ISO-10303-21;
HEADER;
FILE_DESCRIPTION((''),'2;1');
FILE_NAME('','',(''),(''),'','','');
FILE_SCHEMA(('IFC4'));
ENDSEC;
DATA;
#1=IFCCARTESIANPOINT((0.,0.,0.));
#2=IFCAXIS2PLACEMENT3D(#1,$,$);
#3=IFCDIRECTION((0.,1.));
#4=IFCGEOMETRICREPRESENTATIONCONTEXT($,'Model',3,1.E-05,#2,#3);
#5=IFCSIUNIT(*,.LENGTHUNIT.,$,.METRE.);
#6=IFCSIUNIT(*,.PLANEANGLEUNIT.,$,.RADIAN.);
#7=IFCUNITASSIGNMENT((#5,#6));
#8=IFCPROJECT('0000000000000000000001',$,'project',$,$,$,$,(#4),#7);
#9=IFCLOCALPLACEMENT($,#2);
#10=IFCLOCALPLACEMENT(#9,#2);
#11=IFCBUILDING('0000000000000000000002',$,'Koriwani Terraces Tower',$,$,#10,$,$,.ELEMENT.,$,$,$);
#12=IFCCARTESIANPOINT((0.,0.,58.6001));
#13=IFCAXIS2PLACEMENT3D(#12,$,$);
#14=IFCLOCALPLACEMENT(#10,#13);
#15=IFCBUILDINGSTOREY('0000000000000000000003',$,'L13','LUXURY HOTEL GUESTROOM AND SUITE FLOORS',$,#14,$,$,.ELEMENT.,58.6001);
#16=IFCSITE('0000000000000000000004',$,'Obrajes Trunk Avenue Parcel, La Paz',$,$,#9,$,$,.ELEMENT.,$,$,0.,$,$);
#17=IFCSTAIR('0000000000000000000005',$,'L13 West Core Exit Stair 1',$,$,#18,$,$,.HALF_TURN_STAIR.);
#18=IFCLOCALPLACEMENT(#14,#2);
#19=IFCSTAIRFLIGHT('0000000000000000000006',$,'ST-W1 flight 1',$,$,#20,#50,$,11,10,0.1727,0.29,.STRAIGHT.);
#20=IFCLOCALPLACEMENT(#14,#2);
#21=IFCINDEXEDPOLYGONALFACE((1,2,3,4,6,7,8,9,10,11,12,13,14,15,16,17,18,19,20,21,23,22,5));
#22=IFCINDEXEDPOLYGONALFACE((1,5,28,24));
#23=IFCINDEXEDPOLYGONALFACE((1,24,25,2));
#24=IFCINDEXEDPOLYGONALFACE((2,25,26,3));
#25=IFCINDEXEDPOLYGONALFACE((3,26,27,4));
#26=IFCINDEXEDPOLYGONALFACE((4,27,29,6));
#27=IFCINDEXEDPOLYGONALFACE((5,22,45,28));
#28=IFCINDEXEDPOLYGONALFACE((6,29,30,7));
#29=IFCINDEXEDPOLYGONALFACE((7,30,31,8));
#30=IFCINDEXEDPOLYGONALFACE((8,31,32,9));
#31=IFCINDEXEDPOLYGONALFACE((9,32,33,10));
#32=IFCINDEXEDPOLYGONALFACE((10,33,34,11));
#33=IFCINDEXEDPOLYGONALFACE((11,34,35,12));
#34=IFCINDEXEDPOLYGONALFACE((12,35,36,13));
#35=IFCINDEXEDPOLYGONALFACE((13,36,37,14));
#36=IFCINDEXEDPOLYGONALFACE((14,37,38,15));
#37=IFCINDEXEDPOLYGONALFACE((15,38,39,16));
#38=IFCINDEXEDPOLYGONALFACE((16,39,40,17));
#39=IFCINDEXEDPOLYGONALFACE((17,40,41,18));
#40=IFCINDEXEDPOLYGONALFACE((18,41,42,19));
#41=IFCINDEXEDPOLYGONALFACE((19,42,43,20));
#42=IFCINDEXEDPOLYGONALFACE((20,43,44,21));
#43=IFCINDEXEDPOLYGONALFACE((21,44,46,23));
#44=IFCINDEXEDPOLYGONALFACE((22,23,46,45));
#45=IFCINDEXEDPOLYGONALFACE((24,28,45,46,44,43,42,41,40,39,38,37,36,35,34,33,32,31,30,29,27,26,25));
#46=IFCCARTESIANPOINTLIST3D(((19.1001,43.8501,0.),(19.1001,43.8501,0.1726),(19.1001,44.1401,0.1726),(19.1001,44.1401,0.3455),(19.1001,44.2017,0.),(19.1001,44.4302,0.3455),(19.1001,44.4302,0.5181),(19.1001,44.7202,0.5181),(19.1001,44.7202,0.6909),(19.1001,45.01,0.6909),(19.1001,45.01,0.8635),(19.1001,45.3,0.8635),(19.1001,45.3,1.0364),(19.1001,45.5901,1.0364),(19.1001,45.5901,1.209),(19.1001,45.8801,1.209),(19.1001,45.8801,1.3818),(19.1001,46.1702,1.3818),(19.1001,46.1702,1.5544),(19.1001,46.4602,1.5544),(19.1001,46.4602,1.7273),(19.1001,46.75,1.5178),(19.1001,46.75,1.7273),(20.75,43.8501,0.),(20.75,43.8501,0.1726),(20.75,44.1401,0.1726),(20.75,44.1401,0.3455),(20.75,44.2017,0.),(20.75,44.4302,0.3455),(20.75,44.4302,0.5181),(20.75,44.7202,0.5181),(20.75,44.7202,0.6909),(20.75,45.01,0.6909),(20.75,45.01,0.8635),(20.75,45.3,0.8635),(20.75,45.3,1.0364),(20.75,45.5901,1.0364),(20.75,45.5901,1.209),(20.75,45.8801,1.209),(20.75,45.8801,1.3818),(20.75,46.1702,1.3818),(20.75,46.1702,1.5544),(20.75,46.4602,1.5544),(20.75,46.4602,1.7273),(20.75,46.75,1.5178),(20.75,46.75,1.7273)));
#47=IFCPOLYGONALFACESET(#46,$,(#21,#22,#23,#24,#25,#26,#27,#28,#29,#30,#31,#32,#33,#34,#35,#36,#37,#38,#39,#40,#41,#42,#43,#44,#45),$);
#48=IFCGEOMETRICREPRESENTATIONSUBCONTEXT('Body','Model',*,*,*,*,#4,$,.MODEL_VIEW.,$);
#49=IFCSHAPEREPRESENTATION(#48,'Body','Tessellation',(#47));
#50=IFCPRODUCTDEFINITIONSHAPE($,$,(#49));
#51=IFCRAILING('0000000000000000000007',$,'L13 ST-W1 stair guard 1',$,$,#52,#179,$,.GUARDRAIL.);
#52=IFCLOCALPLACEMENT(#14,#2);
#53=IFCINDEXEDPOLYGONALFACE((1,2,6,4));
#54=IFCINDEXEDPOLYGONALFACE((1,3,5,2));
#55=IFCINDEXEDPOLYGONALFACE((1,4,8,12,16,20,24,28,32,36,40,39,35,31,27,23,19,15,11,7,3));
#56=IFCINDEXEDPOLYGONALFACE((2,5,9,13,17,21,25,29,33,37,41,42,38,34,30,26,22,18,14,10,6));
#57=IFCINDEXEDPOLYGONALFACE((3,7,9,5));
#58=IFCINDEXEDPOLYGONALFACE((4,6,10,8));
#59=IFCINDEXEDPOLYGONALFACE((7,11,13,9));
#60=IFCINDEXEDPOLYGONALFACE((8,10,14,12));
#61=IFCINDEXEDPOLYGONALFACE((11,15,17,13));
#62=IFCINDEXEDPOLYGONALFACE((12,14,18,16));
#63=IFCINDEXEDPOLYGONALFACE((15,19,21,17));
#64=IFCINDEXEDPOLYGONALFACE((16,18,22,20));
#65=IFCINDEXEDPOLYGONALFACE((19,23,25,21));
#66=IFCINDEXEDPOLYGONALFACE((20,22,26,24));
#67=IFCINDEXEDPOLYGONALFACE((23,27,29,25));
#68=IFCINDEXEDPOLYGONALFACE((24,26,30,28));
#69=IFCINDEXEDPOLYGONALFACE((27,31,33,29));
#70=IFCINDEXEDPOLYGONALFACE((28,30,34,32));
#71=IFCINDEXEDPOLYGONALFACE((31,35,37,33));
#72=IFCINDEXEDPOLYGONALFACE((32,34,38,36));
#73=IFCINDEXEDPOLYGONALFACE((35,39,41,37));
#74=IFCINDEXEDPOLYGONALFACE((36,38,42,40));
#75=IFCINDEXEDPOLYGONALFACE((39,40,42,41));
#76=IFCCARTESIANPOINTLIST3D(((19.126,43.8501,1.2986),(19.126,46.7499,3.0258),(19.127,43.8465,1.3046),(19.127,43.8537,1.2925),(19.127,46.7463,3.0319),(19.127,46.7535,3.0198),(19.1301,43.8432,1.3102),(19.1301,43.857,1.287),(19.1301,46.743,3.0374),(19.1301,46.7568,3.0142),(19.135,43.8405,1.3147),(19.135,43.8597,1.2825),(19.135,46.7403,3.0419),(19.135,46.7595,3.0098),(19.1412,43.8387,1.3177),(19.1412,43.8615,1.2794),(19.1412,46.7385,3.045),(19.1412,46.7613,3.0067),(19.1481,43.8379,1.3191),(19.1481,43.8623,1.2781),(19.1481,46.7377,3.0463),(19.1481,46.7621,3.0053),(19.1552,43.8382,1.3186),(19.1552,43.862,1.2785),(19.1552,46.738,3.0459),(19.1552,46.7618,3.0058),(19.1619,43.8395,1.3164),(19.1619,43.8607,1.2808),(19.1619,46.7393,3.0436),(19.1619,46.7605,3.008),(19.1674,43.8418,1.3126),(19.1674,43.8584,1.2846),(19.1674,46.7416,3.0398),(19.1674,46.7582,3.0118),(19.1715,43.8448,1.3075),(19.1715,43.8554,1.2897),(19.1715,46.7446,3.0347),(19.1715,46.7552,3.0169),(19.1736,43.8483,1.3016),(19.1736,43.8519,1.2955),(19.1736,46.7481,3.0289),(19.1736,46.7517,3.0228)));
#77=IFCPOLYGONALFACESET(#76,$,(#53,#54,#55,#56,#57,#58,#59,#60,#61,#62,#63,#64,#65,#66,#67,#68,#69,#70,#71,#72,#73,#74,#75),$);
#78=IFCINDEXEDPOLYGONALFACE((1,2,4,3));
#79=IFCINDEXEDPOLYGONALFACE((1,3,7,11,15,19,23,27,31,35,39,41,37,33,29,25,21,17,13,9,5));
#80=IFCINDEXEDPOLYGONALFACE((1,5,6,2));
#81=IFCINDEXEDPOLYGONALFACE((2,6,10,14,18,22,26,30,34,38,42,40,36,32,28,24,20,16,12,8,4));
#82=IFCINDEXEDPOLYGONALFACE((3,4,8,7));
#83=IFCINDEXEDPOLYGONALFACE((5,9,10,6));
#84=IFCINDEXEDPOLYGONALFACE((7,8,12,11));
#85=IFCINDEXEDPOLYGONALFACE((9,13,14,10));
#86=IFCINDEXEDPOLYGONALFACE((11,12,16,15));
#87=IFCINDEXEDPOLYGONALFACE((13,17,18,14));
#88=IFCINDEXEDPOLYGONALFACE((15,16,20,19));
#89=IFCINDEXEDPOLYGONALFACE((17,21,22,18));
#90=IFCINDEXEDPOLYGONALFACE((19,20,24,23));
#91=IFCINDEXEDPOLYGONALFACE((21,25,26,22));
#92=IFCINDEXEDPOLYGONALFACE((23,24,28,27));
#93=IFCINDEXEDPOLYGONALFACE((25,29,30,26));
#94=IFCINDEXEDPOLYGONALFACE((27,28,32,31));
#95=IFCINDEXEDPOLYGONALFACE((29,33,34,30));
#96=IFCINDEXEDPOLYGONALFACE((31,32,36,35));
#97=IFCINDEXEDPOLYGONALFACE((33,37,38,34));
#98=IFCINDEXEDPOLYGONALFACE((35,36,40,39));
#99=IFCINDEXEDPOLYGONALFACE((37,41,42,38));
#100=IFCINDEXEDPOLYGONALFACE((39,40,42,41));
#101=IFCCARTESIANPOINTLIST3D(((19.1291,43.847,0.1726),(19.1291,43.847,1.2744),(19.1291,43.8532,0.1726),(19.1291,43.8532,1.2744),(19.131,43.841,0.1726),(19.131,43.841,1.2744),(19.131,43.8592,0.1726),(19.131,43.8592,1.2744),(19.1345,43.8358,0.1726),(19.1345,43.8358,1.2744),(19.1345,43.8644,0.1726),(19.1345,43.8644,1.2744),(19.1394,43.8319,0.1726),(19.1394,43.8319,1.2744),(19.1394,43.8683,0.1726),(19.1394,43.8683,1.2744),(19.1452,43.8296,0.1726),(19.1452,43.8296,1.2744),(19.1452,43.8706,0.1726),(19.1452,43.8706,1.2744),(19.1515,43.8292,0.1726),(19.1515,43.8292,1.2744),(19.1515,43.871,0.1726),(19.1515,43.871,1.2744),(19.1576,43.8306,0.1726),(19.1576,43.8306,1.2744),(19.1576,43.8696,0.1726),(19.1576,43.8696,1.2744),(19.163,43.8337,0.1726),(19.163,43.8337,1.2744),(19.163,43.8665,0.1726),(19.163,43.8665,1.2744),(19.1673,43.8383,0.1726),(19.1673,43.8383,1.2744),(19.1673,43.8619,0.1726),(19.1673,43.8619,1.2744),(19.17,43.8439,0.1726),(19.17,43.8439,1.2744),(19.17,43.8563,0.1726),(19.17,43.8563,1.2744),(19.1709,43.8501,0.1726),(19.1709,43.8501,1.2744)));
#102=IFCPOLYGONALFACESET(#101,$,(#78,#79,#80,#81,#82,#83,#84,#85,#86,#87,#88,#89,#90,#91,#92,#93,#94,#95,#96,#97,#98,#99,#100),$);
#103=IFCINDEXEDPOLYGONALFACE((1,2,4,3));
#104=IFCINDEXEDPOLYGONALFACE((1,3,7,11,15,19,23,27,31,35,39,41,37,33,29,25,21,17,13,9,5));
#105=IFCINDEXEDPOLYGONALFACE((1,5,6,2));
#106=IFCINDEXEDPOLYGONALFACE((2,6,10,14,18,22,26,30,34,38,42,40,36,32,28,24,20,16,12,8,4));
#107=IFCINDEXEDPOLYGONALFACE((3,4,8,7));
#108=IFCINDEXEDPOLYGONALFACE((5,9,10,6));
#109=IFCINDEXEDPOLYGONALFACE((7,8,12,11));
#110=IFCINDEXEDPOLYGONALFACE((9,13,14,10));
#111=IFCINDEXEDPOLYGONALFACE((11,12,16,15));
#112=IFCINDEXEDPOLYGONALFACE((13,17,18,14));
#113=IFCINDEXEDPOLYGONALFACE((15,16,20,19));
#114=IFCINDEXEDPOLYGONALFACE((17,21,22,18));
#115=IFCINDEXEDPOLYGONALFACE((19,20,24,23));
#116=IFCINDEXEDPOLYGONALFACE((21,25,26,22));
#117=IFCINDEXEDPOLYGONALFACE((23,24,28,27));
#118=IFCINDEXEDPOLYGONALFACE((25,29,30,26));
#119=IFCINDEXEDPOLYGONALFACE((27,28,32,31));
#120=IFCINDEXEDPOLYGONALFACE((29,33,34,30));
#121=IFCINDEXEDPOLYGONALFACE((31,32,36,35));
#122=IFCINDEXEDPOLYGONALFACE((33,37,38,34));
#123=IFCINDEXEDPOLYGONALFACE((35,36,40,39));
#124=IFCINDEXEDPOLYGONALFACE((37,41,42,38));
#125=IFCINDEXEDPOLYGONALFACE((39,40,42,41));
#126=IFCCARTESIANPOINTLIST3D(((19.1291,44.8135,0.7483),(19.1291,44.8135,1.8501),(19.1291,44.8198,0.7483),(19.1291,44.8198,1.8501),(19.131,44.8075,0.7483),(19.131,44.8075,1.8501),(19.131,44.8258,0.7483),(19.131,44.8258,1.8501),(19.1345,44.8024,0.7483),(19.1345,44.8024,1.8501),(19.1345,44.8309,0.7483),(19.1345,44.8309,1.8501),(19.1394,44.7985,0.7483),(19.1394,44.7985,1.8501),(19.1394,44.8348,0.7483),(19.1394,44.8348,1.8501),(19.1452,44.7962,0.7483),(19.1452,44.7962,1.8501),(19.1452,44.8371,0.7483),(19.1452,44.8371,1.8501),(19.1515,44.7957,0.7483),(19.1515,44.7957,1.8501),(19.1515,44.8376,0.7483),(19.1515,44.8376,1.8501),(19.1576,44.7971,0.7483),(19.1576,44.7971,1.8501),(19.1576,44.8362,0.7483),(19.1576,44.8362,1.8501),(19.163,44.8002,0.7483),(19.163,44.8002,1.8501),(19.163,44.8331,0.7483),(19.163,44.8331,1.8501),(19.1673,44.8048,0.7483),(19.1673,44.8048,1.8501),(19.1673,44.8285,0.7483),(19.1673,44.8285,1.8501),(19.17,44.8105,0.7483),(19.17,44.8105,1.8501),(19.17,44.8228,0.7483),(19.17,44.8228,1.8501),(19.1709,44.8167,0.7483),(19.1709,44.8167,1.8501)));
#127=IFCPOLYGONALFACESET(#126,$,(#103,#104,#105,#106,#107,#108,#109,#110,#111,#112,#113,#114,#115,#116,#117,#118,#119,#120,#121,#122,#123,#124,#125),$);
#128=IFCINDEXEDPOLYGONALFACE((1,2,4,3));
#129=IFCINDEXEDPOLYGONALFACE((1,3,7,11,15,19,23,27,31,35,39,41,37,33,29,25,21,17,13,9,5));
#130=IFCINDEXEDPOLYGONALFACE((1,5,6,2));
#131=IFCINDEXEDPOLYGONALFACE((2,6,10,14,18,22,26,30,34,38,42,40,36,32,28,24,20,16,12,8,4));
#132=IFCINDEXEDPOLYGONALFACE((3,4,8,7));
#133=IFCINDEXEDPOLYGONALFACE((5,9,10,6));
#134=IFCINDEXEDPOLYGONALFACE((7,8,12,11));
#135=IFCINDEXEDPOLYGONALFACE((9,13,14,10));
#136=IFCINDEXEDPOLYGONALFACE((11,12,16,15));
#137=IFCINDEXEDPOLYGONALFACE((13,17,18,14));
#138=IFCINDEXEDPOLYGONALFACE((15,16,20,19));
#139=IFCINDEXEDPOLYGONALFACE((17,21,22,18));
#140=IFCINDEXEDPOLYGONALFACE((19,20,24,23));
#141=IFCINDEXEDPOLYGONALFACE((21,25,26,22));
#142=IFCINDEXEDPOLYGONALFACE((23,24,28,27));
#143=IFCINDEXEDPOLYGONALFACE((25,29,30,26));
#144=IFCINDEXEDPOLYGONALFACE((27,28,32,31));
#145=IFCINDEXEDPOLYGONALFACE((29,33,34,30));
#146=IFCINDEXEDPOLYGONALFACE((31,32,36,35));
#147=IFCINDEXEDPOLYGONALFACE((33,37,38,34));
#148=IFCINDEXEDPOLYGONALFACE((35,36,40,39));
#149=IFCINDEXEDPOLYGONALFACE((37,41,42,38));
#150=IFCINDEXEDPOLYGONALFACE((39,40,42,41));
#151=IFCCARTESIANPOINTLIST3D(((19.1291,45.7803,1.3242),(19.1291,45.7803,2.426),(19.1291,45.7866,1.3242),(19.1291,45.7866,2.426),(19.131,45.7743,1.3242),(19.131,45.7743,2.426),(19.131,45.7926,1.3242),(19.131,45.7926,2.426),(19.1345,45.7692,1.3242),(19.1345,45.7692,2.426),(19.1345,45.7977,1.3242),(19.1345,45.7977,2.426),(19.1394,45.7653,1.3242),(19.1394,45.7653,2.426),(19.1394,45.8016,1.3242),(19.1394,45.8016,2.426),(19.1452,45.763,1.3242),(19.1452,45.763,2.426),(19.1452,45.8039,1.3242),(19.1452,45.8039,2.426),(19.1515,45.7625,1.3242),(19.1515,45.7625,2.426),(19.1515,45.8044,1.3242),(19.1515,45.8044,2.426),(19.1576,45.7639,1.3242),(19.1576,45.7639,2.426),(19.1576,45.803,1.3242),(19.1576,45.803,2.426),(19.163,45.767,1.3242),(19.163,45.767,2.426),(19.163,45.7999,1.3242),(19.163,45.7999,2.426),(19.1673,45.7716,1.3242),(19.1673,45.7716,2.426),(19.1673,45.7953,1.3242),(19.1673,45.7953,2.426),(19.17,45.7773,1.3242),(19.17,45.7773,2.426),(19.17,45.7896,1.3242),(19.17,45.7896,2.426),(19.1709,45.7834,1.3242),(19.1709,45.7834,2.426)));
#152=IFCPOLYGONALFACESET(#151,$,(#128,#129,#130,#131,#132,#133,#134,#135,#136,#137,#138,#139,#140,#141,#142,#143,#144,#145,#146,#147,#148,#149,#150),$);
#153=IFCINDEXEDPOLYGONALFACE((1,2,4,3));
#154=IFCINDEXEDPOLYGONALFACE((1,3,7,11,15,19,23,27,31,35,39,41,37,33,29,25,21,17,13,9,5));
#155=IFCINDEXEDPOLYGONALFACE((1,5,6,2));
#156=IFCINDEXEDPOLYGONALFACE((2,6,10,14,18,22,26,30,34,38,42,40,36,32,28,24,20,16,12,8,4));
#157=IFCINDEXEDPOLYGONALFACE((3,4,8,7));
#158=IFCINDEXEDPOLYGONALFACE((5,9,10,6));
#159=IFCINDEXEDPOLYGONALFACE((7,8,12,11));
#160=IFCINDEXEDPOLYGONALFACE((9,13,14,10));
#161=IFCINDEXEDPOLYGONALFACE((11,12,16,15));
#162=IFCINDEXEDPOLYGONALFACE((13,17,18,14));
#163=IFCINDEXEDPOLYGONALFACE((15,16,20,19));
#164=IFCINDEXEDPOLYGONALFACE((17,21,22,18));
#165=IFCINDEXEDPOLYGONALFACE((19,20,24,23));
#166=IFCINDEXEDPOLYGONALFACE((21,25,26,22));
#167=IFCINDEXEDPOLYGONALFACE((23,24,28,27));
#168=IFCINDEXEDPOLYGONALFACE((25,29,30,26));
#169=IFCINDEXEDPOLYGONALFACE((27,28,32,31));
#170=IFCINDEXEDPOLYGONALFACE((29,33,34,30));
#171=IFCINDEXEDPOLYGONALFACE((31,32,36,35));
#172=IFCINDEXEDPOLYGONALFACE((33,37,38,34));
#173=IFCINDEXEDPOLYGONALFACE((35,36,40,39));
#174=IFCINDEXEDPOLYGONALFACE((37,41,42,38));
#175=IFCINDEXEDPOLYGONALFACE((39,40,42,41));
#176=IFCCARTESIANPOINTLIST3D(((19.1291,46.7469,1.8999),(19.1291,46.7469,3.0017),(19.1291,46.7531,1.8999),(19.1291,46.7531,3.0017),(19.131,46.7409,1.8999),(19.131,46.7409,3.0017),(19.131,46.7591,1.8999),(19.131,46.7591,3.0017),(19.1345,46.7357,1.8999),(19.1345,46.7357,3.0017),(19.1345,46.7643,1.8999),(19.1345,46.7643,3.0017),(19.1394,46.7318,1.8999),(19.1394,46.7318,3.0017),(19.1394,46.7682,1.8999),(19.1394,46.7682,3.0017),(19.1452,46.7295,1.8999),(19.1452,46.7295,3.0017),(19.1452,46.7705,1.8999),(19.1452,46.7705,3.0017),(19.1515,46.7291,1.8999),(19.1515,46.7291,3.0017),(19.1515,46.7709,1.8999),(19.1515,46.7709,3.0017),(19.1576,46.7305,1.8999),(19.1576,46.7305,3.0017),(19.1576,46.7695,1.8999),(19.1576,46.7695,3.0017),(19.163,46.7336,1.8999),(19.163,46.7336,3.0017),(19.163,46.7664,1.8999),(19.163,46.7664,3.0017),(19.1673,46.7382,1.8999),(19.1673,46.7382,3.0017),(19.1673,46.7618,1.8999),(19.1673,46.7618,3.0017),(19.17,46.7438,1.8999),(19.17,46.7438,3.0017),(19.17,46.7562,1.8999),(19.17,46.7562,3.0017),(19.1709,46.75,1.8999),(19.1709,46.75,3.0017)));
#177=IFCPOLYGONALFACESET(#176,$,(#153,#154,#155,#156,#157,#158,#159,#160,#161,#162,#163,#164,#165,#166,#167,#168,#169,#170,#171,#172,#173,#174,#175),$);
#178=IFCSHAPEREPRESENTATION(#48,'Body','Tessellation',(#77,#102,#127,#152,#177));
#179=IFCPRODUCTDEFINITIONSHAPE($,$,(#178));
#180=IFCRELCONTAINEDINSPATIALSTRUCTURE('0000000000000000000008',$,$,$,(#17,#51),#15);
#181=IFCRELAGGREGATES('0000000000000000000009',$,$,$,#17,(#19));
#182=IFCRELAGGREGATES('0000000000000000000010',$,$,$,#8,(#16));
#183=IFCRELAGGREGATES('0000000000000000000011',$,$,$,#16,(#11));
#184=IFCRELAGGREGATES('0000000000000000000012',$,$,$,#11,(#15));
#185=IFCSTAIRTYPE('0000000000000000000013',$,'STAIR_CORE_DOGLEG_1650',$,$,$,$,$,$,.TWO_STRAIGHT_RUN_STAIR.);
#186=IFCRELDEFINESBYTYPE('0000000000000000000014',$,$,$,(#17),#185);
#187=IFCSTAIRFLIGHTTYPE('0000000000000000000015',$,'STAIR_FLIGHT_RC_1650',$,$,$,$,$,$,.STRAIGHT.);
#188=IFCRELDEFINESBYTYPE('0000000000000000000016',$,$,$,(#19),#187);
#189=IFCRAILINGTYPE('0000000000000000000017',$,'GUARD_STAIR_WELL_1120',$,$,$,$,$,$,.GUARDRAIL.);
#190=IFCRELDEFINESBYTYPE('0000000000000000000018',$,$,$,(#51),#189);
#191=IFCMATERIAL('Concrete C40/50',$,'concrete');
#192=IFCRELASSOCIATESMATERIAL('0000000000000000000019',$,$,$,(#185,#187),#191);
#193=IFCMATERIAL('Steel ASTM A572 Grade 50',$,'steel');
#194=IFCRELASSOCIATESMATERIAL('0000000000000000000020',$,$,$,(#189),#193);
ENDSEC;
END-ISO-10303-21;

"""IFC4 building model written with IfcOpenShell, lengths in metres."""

from ifc_helpers import new_model, si_unit, direction, frame, origin, origin_2d, place, context, subcontext, project, spatial, polyline, circle, outline, extrude, material, type_object, element, aggregate, save


model = new_model("IFC4")

# Units and contexts
model_context = context("Model", 3, precision=1e-05, world=origin(), true_north=direction((0.0, 1.0)))
body_context = subcontext(model_context, "Body", "Model", "MODEL_VIEW")
ifc_project = project(units=[si_unit("LENGTHUNIT", "METRE"), si_unit("PLANEANGLEUNIT", "RADIAN")], contexts=[model_context])

# Site, building, storey
site_placement = place(None, origin())
site = spatial("IfcSite", under=ifc_project, at=site_placement, Name="Obrajes Trunk Avenue Parcel, La Paz", CompositionType="ELEMENT", RefElevation=0.0)
building_placement = place(site_placement, origin())
building = spatial("IfcBuilding", under=site, at=building_placement, Name="Koriwani Terraces Tower", CompositionType="ELEMENT")
storey_placement = place(building_placement, frame((0.0, 0.0, 58.6001)))
storey = spatial("IfcBuildingStorey", under=building, at=storey_placement, Name="L13", Description="LUXURY HOTEL GUESTROOM AND SUITE FLOORS", CompositionType="ELEMENT", Elevation=58.6001)

# Shared definitions
ifc_material_1 = material(Name="Concrete C40/50", Category="concrete")
ifc_material_2 = material(Name="Steel ASTM A572 Grade 50", Category="steel")

# Stair, stair flight
stair_type = type_object("IfcStairType", Name="STAIR_CORE_DOGLEG_1650", PredefinedType="TWO_STRAIGHT_RUN_STAIR", material=ifc_material_1)
stair_placement = place(storey_placement, origin())
stair = element("IfcStair", 1, at=stair_placement, inside=storey, type_object=stair_type, Name="L13 West Core Exit Stair 1", PredefinedType="HALF_TURN_STAIR")
stair_flight_type = type_object("IfcStairFlightType", Name="STAIR_FLIGHT_RC_1650", PredefinedType="STRAIGHT", material=ifc_material_1)
stair_flight_placement = place(storey_placement, frame((19.925, 43.8501, 0.0), z_axis=(0.0, 0.0, 1.0), x_axis=(0.0, 1.0, 0.0)))
stair_flight = element("IfcStairFlight", 2, at=stair_flight_placement, type_object=stair_flight_type, Name="ST-W1 flight 1", NumberOfRisers=11, NumberOfTreads=10, PredefinedType="STRAIGHT", RiserHeight=0.1727, TreadLength=0.29, context=body_context, shape_type="SweptSolid", body=[
    extrude(outline(polyline([(0.0, 0.0), (0.0, 0.1726), (0.29, 0.1726), (0.29, 0.3455), (0.5801, 0.3455), (0.5801, 0.5181), (0.8701, 0.5181), (0.8701, 0.6909), (1.1599, 0.6909), (1.1599, 0.8635), (1.45, 0.8635), (1.45, 1.0364), (1.74, 1.0364), (1.74, 1.209), (2.03, 1.209), (2.03, 1.3818), (2.3201, 1.3818), (2.3201, 1.5544), (2.6101, 1.5544), (2.6101, 1.7273), (2.8999, 1.7273), (2.8999, 1.8999), (2.8999, 1.5178), (0.3516, 0.0), (0.0, 0.0)])), frame((0.0, 0.825, 0.0), z_axis=(0.0, -1.0, 0.0), x_axis=(1.0, 0.0, 0.0)), (0.0, 0.0, 1.0), 1.6499),
])
aggregate(stair, [stair_flight])

# Railing
railing_type_1 = type_object("IfcRailingType", Name="GUARD_STAIR_WELL_1120", PredefinedType="GUARDRAIL", material=ifc_material_2)
railing_1_placement = place(storey_placement, frame((19.1499, 43.8501, 0.1726)))
element("IfcRailing", 3, at=railing_1_placement, inside=storey, type_object=railing_type_1, Name="L13 ST-W1 stair guard 1", PredefinedType="GUARDRAIL", context=body_context, shape_type="SweptSolid", body=[
    extrude(circle(Radius=0.0239, at=origin_2d()), frame((0.0, 0.0, 1.126), z_axis=(0.0, 0.859141, 0.511738), x_axis=(-1.0, 0.0, 0.0)), (0.0, 0.0, 1.0), 3.3752),
    extrude(circle(Radius=0.021, at=origin_2d()), origin(), (0.0, 0.0, 1.0), 1.1018),
    extrude(circle(Radius=0.021, at=origin_2d()), frame((0.0, 0.9666, 0.5757)), (0.0, 0.0, 1.0), 1.1018),
    extrude(circle(Radius=0.021, at=origin_2d()), frame((0.0, 1.9333, 1.1516)), (0.0, 0.0, 1.0), 1.1018),
    extrude(circle(Radius=0.021, at=origin_2d()), frame((0.0, 2.8999, 1.7273)), (0.0, 0.0, 1.0), 1.1018),
])

save(model, "model.ifc")
